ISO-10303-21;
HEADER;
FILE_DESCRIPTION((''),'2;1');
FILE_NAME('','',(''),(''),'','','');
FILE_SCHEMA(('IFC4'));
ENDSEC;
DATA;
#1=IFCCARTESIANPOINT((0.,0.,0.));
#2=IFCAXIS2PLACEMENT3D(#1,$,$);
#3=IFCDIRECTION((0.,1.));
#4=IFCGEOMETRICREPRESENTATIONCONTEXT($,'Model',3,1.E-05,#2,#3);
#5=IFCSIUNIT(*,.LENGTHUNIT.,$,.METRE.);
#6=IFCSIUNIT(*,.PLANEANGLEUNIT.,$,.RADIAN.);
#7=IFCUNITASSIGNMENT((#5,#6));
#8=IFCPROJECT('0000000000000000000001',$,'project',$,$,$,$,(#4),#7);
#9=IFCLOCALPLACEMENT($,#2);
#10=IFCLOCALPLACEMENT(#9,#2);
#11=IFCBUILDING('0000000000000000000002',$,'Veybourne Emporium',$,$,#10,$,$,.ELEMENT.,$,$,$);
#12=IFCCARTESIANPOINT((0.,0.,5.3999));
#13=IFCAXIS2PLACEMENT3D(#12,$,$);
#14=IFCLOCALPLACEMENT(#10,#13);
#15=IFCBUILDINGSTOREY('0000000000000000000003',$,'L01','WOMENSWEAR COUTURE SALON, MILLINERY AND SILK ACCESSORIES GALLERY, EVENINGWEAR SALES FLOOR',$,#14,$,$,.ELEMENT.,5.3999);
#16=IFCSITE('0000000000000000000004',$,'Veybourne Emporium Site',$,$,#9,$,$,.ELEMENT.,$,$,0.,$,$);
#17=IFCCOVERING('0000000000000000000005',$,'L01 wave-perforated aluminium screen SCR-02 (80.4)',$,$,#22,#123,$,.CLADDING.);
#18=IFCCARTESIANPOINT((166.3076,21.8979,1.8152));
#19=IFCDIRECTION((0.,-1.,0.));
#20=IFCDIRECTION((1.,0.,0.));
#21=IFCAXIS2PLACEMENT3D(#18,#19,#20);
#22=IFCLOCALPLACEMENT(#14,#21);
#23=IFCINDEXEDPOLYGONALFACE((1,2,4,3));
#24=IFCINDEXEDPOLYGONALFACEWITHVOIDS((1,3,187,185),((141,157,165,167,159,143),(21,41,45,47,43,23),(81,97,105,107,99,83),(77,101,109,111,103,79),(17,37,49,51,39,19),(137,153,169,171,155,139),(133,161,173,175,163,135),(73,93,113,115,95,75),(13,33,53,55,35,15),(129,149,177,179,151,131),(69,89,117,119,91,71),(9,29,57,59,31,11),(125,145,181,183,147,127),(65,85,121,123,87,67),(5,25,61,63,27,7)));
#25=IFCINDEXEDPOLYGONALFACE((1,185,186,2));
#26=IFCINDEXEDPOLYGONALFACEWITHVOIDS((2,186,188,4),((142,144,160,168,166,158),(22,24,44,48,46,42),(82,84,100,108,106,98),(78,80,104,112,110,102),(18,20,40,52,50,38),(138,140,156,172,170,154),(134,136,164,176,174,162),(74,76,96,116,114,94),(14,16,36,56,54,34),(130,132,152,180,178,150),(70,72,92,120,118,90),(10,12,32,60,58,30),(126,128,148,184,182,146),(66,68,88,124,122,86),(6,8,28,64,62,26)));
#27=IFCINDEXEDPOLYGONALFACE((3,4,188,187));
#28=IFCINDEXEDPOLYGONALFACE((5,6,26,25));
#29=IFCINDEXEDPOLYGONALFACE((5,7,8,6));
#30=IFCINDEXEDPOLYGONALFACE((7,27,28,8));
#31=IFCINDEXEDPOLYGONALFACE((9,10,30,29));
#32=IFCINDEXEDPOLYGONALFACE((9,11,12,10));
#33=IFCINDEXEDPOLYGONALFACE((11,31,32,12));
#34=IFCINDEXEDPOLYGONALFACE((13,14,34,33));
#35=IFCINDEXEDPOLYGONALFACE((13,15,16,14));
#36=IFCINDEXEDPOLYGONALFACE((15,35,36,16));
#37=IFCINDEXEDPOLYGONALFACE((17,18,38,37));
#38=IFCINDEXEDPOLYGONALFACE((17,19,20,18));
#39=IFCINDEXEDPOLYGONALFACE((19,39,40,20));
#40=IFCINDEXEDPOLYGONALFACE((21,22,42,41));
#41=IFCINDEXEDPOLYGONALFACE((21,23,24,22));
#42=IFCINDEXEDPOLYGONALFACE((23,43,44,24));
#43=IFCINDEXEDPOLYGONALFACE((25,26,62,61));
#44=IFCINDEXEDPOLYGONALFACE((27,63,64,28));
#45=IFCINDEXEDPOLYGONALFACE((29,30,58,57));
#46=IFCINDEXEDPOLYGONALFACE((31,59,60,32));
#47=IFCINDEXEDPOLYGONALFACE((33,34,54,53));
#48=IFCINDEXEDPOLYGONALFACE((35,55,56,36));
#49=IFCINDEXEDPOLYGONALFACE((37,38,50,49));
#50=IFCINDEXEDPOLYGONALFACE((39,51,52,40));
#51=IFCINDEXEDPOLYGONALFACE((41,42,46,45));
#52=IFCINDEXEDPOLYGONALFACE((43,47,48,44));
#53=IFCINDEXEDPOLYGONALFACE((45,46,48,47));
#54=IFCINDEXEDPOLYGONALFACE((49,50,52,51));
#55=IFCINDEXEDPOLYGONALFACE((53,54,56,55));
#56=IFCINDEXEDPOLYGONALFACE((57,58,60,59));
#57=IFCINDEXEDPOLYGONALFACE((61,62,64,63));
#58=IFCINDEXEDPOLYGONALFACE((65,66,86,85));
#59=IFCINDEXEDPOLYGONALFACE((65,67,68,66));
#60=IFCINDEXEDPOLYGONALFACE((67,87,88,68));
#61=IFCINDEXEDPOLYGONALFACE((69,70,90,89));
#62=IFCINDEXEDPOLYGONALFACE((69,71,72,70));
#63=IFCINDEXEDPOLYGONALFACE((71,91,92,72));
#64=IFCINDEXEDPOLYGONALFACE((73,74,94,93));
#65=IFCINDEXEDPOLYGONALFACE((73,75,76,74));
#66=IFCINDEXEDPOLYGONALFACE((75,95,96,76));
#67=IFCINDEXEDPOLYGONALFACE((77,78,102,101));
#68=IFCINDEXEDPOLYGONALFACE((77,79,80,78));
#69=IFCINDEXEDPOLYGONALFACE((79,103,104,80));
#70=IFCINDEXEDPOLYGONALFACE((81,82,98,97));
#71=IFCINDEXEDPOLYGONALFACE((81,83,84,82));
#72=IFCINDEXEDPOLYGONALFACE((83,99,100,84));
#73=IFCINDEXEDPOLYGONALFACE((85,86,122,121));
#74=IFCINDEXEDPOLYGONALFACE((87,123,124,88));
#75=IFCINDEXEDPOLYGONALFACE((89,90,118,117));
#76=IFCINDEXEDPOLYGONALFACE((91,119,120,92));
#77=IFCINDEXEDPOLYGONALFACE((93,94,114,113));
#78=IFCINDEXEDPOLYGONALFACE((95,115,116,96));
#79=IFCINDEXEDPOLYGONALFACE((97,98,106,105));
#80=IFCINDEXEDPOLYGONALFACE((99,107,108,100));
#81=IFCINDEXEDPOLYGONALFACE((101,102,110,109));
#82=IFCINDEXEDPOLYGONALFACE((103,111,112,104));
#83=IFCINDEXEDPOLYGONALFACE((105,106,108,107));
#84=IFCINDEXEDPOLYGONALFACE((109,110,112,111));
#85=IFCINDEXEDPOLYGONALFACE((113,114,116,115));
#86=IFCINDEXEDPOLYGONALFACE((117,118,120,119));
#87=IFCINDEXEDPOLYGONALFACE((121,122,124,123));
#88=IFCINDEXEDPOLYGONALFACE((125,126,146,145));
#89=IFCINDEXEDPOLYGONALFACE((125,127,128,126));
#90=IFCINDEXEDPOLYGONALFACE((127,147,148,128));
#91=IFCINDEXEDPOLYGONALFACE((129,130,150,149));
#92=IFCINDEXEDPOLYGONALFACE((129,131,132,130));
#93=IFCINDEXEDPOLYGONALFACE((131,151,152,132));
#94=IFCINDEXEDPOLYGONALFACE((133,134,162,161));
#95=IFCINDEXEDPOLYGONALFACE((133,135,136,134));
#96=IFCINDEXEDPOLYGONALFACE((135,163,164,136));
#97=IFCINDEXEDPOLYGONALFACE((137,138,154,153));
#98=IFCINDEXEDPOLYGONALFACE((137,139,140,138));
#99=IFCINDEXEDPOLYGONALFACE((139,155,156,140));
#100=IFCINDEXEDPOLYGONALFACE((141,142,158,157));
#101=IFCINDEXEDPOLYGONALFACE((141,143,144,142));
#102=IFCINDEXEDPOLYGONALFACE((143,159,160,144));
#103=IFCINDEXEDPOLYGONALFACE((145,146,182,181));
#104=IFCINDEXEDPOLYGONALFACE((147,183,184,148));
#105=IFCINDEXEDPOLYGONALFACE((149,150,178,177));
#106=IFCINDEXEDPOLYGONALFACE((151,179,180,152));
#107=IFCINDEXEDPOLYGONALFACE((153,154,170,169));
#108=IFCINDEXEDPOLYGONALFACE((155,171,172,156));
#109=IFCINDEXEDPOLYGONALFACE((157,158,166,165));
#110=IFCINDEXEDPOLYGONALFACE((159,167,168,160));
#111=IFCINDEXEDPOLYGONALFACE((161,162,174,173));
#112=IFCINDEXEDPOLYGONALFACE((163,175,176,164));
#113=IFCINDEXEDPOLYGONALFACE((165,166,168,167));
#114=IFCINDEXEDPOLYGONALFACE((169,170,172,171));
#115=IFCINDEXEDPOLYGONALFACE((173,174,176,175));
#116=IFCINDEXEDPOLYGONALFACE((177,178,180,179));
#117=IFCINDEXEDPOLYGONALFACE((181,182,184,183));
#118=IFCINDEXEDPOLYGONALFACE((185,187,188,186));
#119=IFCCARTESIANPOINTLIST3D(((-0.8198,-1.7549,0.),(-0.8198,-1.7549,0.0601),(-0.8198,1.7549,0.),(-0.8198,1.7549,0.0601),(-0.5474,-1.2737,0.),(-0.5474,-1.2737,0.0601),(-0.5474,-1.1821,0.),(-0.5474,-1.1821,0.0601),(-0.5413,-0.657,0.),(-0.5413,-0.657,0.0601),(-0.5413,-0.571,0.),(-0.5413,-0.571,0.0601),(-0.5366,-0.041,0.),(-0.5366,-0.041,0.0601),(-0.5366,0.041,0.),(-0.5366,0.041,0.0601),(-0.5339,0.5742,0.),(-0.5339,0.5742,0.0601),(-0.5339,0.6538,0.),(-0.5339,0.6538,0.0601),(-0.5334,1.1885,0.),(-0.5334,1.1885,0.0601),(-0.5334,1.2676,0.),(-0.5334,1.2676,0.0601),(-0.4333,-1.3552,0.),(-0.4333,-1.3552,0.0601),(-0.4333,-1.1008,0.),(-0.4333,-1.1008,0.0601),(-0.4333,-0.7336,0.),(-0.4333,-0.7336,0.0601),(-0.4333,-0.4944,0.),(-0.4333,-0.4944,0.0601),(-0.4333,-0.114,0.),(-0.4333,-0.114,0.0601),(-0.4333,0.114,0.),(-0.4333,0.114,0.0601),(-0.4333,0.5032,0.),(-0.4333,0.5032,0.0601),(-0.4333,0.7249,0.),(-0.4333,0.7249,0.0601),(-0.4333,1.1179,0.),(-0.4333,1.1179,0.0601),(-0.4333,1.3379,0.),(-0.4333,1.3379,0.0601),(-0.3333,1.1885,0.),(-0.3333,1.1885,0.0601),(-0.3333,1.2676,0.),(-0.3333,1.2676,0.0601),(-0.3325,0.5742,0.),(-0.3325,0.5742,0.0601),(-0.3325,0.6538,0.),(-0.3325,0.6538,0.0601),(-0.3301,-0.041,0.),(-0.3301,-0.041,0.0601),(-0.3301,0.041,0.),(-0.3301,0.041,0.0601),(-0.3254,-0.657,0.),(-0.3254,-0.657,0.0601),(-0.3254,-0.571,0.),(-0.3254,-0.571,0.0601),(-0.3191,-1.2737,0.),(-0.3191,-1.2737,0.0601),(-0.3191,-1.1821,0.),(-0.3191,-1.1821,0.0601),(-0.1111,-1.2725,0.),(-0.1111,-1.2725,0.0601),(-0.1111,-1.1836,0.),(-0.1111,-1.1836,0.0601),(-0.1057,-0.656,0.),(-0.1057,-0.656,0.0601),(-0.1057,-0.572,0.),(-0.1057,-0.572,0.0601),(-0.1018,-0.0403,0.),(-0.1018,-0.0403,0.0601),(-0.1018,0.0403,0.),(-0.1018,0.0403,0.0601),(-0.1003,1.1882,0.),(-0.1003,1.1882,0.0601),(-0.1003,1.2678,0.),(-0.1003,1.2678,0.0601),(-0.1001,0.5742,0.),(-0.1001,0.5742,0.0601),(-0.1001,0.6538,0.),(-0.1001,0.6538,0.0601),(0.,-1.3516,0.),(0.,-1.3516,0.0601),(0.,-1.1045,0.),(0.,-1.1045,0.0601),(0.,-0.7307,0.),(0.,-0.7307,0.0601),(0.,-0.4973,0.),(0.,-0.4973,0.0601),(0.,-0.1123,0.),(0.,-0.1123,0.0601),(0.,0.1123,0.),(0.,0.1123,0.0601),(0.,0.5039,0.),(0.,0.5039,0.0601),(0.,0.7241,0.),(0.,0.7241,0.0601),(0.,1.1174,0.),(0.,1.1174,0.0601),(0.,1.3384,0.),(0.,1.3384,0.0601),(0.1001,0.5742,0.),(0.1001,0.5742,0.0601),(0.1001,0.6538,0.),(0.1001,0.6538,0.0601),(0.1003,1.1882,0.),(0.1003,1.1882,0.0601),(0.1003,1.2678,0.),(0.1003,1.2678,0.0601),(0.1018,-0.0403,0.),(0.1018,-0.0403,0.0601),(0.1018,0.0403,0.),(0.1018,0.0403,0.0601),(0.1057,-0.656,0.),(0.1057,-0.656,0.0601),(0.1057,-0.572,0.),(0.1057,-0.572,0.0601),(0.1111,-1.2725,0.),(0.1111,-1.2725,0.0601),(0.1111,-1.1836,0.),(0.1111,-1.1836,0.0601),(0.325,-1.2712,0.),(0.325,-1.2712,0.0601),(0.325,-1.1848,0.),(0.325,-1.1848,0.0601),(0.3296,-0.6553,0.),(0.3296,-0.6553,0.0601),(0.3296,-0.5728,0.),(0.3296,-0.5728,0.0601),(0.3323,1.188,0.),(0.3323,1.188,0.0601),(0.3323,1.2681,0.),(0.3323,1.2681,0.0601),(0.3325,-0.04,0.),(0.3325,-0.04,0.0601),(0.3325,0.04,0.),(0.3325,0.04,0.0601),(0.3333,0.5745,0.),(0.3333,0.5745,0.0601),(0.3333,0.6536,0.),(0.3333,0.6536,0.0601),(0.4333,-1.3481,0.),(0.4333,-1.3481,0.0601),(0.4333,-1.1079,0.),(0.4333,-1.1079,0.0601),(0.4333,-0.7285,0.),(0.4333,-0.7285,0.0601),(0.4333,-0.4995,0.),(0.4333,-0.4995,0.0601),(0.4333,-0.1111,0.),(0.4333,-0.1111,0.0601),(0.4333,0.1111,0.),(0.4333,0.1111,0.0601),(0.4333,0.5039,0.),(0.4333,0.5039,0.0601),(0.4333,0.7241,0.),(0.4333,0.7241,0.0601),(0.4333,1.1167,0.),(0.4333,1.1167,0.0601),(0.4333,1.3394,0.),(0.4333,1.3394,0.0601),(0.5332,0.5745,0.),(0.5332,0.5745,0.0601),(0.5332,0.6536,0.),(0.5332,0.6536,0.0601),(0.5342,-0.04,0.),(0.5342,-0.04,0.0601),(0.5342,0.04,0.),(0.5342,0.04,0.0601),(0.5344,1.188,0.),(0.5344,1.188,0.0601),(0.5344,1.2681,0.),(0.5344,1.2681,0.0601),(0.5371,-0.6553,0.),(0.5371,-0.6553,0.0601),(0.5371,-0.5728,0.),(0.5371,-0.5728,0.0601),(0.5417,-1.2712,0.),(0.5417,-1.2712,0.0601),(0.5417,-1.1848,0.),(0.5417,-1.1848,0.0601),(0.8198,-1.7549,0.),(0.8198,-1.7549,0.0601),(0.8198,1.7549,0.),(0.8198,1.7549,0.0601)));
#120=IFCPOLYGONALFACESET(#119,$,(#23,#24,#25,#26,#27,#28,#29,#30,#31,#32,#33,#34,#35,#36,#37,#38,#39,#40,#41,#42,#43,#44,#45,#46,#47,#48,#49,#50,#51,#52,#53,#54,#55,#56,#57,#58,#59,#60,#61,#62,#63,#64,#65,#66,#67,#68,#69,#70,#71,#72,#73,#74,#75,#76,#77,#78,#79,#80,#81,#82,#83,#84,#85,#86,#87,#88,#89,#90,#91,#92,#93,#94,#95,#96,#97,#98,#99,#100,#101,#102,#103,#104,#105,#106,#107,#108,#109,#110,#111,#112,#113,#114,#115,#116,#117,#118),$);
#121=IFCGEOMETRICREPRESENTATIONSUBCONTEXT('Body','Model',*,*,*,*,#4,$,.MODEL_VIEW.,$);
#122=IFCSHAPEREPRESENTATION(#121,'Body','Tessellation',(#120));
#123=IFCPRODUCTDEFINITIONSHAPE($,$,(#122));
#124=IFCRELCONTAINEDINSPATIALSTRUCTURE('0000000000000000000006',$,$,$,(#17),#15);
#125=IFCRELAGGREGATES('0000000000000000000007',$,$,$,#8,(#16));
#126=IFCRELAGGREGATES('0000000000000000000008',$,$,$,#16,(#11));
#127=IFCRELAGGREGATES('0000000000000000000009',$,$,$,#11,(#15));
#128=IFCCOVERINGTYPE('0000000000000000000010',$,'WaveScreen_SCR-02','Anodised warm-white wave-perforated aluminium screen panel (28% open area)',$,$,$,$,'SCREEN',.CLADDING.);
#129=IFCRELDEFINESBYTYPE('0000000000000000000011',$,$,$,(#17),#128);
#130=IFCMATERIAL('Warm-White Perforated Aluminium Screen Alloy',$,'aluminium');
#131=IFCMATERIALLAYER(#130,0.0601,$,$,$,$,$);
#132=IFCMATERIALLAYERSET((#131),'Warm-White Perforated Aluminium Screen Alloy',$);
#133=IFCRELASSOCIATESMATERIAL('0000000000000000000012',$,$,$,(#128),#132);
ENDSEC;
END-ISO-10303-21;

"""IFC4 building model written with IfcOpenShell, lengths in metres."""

from ifc_helpers import new_model, si_unit, direction, frame, origin, place, context, subcontext, project, spatial, polyline, outline, extrude, material, layer, layer_set, type_object, element, save


model = new_model("IFC4")

# Units and contexts
model_context = context("Model", 3, precision=1e-05, world=origin(), true_north=direction((0.0, 1.0)))
body_context = subcontext(model_context, "Body", "Model", "MODEL_VIEW")
ifc_project = project(units=[si_unit("LENGTHUNIT", "METRE"), si_unit("PLANEANGLEUNIT", "RADIAN")], contexts=[model_context])

# Site, building, storey
site_placement = place(None, origin())
site = spatial("IfcSite", under=ifc_project, at=site_placement, Name="Veybourne Emporium Site", CompositionType="ELEMENT", RefElevation=0.0)
building_placement = place(site_placement, origin())
building = spatial("IfcBuilding", under=site, at=building_placement, Name="Veybourne Emporium", CompositionType="ELEMENT")
storey_placement = place(building_placement, frame((0.0, 0.0, 5.3999)))
storey = spatial("IfcBuildingStorey", under=building, at=storey_placement, Name="L01", Description="WOMENSWEAR COUTURE SALON, MILLINERY AND SILK ACCESSORIES GALLERY, EVENINGWEAR SALES FLOOR", CompositionType="ELEMENT", Elevation=5.3999)

# Covering
ifc_material_1 = material(Name="Warm-White Perforated Aluminium Screen Alloy", Category="aluminium")
ifc_layer_1 = layer(ifc_material_1, 0.0601)
ifc_layer_set_1 = layer_set([ifc_layer_1], Name="Warm-White Perforated Aluminium Screen Alloy")
covering_type = type_object("IfcCoveringType", Name="WaveScreen_SCR-02", Description="Anodised warm-white wave-perforated aluminium screen panel (28% open area)", ElementType="SCREEN", PredefinedType="CLADDING", material=ifc_layer_set_1)
covering_placement = place(storey_placement, frame((166.3076, 21.8979, 1.8152), z_axis=(0.0, -1.0, 0.0), x_axis=(1.0, 0.0, 0.0)))
element("IfcCovering", 1, at=covering_placement, inside=storey, type_object=covering_type, Name="L01 wave-perforated aluminium screen SCR-02 (80.4)", PredefinedType="CLADDING", context=body_context, shape_type="SweptSolid", body=[
    extrude(outline(polyline([(-0.8198, -1.7549), (0.8198, -1.7549), (0.8198, 1.7549), (-0.8198, 1.7549), (-0.8198, -1.7549)]), holes=[polyline([(-0.4333, -1.1008), (-0.3191, -1.1821), (-0.3191, -1.2737), (-0.4333, -1.3552), (-0.5474, -1.2737), (-0.5474, -1.1821), (-0.4333, -1.1008)]), polyline([(-0.4333, -0.4944), (-0.3254, -0.571), (-0.3254, -0.657), (-0.4333, -0.7336), (-0.5413, -0.657), (-0.5413, -0.571), (-0.4333, -0.4944)]), polyline([(-0.4333, 0.114), (-0.3301, 0.041), (-0.3301, -0.041), (-0.4333, -0.114), (-0.5366, -0.041), (-0.5366, 0.041), (-0.4333, 0.114)]), polyline([(-0.4333, 0.7249), (-0.3325, 0.6538), (-0.3325, 0.5742), (-0.4333, 0.5032), (-0.5339, 0.5742), (-0.5339, 0.6538), (-0.4333, 0.7249)]), polyline([(-0.4333, 1.3379), (-0.3333, 1.2676), (-0.3333, 1.1885), (-0.4333, 1.1179), (-0.5334, 1.1885), (-0.5334, 1.2676), (-0.4333, 1.3379)]), polyline([(0.0, -1.1045), (0.1111, -1.1836), (0.1111, -1.2725), (0.0, -1.3516), (-0.1111, -1.2725), (-0.1111, -1.1836), (0.0, -1.1045)]), polyline([(0.0, -0.4973), (0.1057, -0.572), (0.1057, -0.656), (0.0, -0.7307), (-0.1057, -0.656), (-0.1057, -0.572), (0.0, -0.4973)]), polyline([(0.0, 0.1123), (0.1018, 0.0403), (0.1018, -0.0403), (0.0, -0.1123), (-0.1018, -0.0403), (-0.1018, 0.0403), (0.0, 0.1123)]), polyline([(0.0, 0.7241), (0.1001, 0.6538), (0.1001, 0.5742), (0.0, 0.5039), (-0.1001, 0.5742), (-0.1001, 0.6538), (0.0, 0.7241)]), polyline([(0.0, 1.3384), (0.1003, 1.2678), (0.1003, 1.1882), (0.0, 1.1174), (-0.1003, 1.1882), (-0.1003, 1.2678), (0.0, 1.3384)]), polyline([(0.4333, -1.1079), (0.5417, -1.1848), (0.5417, -1.2712), (0.4333, -1.3481), (0.325, -1.2712), (0.325, -1.1848), (0.4333, -1.1079)]), polyline([(0.4333, -0.4995), (0.5371, -0.5728), (0.5371, -0.6553), (0.4333, -0.7285), (0.3296, -0.6553), (0.3296, -0.5728), (0.4333, -0.4995)]), polyline([(0.4333, 0.1111), (0.5342, 0.04), (0.5342, -0.04), (0.4333, -0.1111), (0.3325, -0.04), (0.3325, 0.04), (0.4333, 0.1111)]), polyline([(0.4333, 0.7241), (0.5332, 0.6536), (0.5332, 0.5745), (0.4333, 0.5039), (0.3333, 0.5745), (0.3333, 0.6536), (0.4333, 0.7241)]), polyline([(0.4333, 1.3394), (0.5344, 1.2681), (0.5344, 1.188), (0.4333, 1.1167), (0.3323, 1.188), (0.3323, 1.2681), (0.4333, 1.3394)])]), origin(), (0.0, 0.0, 1.0), 0.0601),
])

save(model, "model.ifc")
